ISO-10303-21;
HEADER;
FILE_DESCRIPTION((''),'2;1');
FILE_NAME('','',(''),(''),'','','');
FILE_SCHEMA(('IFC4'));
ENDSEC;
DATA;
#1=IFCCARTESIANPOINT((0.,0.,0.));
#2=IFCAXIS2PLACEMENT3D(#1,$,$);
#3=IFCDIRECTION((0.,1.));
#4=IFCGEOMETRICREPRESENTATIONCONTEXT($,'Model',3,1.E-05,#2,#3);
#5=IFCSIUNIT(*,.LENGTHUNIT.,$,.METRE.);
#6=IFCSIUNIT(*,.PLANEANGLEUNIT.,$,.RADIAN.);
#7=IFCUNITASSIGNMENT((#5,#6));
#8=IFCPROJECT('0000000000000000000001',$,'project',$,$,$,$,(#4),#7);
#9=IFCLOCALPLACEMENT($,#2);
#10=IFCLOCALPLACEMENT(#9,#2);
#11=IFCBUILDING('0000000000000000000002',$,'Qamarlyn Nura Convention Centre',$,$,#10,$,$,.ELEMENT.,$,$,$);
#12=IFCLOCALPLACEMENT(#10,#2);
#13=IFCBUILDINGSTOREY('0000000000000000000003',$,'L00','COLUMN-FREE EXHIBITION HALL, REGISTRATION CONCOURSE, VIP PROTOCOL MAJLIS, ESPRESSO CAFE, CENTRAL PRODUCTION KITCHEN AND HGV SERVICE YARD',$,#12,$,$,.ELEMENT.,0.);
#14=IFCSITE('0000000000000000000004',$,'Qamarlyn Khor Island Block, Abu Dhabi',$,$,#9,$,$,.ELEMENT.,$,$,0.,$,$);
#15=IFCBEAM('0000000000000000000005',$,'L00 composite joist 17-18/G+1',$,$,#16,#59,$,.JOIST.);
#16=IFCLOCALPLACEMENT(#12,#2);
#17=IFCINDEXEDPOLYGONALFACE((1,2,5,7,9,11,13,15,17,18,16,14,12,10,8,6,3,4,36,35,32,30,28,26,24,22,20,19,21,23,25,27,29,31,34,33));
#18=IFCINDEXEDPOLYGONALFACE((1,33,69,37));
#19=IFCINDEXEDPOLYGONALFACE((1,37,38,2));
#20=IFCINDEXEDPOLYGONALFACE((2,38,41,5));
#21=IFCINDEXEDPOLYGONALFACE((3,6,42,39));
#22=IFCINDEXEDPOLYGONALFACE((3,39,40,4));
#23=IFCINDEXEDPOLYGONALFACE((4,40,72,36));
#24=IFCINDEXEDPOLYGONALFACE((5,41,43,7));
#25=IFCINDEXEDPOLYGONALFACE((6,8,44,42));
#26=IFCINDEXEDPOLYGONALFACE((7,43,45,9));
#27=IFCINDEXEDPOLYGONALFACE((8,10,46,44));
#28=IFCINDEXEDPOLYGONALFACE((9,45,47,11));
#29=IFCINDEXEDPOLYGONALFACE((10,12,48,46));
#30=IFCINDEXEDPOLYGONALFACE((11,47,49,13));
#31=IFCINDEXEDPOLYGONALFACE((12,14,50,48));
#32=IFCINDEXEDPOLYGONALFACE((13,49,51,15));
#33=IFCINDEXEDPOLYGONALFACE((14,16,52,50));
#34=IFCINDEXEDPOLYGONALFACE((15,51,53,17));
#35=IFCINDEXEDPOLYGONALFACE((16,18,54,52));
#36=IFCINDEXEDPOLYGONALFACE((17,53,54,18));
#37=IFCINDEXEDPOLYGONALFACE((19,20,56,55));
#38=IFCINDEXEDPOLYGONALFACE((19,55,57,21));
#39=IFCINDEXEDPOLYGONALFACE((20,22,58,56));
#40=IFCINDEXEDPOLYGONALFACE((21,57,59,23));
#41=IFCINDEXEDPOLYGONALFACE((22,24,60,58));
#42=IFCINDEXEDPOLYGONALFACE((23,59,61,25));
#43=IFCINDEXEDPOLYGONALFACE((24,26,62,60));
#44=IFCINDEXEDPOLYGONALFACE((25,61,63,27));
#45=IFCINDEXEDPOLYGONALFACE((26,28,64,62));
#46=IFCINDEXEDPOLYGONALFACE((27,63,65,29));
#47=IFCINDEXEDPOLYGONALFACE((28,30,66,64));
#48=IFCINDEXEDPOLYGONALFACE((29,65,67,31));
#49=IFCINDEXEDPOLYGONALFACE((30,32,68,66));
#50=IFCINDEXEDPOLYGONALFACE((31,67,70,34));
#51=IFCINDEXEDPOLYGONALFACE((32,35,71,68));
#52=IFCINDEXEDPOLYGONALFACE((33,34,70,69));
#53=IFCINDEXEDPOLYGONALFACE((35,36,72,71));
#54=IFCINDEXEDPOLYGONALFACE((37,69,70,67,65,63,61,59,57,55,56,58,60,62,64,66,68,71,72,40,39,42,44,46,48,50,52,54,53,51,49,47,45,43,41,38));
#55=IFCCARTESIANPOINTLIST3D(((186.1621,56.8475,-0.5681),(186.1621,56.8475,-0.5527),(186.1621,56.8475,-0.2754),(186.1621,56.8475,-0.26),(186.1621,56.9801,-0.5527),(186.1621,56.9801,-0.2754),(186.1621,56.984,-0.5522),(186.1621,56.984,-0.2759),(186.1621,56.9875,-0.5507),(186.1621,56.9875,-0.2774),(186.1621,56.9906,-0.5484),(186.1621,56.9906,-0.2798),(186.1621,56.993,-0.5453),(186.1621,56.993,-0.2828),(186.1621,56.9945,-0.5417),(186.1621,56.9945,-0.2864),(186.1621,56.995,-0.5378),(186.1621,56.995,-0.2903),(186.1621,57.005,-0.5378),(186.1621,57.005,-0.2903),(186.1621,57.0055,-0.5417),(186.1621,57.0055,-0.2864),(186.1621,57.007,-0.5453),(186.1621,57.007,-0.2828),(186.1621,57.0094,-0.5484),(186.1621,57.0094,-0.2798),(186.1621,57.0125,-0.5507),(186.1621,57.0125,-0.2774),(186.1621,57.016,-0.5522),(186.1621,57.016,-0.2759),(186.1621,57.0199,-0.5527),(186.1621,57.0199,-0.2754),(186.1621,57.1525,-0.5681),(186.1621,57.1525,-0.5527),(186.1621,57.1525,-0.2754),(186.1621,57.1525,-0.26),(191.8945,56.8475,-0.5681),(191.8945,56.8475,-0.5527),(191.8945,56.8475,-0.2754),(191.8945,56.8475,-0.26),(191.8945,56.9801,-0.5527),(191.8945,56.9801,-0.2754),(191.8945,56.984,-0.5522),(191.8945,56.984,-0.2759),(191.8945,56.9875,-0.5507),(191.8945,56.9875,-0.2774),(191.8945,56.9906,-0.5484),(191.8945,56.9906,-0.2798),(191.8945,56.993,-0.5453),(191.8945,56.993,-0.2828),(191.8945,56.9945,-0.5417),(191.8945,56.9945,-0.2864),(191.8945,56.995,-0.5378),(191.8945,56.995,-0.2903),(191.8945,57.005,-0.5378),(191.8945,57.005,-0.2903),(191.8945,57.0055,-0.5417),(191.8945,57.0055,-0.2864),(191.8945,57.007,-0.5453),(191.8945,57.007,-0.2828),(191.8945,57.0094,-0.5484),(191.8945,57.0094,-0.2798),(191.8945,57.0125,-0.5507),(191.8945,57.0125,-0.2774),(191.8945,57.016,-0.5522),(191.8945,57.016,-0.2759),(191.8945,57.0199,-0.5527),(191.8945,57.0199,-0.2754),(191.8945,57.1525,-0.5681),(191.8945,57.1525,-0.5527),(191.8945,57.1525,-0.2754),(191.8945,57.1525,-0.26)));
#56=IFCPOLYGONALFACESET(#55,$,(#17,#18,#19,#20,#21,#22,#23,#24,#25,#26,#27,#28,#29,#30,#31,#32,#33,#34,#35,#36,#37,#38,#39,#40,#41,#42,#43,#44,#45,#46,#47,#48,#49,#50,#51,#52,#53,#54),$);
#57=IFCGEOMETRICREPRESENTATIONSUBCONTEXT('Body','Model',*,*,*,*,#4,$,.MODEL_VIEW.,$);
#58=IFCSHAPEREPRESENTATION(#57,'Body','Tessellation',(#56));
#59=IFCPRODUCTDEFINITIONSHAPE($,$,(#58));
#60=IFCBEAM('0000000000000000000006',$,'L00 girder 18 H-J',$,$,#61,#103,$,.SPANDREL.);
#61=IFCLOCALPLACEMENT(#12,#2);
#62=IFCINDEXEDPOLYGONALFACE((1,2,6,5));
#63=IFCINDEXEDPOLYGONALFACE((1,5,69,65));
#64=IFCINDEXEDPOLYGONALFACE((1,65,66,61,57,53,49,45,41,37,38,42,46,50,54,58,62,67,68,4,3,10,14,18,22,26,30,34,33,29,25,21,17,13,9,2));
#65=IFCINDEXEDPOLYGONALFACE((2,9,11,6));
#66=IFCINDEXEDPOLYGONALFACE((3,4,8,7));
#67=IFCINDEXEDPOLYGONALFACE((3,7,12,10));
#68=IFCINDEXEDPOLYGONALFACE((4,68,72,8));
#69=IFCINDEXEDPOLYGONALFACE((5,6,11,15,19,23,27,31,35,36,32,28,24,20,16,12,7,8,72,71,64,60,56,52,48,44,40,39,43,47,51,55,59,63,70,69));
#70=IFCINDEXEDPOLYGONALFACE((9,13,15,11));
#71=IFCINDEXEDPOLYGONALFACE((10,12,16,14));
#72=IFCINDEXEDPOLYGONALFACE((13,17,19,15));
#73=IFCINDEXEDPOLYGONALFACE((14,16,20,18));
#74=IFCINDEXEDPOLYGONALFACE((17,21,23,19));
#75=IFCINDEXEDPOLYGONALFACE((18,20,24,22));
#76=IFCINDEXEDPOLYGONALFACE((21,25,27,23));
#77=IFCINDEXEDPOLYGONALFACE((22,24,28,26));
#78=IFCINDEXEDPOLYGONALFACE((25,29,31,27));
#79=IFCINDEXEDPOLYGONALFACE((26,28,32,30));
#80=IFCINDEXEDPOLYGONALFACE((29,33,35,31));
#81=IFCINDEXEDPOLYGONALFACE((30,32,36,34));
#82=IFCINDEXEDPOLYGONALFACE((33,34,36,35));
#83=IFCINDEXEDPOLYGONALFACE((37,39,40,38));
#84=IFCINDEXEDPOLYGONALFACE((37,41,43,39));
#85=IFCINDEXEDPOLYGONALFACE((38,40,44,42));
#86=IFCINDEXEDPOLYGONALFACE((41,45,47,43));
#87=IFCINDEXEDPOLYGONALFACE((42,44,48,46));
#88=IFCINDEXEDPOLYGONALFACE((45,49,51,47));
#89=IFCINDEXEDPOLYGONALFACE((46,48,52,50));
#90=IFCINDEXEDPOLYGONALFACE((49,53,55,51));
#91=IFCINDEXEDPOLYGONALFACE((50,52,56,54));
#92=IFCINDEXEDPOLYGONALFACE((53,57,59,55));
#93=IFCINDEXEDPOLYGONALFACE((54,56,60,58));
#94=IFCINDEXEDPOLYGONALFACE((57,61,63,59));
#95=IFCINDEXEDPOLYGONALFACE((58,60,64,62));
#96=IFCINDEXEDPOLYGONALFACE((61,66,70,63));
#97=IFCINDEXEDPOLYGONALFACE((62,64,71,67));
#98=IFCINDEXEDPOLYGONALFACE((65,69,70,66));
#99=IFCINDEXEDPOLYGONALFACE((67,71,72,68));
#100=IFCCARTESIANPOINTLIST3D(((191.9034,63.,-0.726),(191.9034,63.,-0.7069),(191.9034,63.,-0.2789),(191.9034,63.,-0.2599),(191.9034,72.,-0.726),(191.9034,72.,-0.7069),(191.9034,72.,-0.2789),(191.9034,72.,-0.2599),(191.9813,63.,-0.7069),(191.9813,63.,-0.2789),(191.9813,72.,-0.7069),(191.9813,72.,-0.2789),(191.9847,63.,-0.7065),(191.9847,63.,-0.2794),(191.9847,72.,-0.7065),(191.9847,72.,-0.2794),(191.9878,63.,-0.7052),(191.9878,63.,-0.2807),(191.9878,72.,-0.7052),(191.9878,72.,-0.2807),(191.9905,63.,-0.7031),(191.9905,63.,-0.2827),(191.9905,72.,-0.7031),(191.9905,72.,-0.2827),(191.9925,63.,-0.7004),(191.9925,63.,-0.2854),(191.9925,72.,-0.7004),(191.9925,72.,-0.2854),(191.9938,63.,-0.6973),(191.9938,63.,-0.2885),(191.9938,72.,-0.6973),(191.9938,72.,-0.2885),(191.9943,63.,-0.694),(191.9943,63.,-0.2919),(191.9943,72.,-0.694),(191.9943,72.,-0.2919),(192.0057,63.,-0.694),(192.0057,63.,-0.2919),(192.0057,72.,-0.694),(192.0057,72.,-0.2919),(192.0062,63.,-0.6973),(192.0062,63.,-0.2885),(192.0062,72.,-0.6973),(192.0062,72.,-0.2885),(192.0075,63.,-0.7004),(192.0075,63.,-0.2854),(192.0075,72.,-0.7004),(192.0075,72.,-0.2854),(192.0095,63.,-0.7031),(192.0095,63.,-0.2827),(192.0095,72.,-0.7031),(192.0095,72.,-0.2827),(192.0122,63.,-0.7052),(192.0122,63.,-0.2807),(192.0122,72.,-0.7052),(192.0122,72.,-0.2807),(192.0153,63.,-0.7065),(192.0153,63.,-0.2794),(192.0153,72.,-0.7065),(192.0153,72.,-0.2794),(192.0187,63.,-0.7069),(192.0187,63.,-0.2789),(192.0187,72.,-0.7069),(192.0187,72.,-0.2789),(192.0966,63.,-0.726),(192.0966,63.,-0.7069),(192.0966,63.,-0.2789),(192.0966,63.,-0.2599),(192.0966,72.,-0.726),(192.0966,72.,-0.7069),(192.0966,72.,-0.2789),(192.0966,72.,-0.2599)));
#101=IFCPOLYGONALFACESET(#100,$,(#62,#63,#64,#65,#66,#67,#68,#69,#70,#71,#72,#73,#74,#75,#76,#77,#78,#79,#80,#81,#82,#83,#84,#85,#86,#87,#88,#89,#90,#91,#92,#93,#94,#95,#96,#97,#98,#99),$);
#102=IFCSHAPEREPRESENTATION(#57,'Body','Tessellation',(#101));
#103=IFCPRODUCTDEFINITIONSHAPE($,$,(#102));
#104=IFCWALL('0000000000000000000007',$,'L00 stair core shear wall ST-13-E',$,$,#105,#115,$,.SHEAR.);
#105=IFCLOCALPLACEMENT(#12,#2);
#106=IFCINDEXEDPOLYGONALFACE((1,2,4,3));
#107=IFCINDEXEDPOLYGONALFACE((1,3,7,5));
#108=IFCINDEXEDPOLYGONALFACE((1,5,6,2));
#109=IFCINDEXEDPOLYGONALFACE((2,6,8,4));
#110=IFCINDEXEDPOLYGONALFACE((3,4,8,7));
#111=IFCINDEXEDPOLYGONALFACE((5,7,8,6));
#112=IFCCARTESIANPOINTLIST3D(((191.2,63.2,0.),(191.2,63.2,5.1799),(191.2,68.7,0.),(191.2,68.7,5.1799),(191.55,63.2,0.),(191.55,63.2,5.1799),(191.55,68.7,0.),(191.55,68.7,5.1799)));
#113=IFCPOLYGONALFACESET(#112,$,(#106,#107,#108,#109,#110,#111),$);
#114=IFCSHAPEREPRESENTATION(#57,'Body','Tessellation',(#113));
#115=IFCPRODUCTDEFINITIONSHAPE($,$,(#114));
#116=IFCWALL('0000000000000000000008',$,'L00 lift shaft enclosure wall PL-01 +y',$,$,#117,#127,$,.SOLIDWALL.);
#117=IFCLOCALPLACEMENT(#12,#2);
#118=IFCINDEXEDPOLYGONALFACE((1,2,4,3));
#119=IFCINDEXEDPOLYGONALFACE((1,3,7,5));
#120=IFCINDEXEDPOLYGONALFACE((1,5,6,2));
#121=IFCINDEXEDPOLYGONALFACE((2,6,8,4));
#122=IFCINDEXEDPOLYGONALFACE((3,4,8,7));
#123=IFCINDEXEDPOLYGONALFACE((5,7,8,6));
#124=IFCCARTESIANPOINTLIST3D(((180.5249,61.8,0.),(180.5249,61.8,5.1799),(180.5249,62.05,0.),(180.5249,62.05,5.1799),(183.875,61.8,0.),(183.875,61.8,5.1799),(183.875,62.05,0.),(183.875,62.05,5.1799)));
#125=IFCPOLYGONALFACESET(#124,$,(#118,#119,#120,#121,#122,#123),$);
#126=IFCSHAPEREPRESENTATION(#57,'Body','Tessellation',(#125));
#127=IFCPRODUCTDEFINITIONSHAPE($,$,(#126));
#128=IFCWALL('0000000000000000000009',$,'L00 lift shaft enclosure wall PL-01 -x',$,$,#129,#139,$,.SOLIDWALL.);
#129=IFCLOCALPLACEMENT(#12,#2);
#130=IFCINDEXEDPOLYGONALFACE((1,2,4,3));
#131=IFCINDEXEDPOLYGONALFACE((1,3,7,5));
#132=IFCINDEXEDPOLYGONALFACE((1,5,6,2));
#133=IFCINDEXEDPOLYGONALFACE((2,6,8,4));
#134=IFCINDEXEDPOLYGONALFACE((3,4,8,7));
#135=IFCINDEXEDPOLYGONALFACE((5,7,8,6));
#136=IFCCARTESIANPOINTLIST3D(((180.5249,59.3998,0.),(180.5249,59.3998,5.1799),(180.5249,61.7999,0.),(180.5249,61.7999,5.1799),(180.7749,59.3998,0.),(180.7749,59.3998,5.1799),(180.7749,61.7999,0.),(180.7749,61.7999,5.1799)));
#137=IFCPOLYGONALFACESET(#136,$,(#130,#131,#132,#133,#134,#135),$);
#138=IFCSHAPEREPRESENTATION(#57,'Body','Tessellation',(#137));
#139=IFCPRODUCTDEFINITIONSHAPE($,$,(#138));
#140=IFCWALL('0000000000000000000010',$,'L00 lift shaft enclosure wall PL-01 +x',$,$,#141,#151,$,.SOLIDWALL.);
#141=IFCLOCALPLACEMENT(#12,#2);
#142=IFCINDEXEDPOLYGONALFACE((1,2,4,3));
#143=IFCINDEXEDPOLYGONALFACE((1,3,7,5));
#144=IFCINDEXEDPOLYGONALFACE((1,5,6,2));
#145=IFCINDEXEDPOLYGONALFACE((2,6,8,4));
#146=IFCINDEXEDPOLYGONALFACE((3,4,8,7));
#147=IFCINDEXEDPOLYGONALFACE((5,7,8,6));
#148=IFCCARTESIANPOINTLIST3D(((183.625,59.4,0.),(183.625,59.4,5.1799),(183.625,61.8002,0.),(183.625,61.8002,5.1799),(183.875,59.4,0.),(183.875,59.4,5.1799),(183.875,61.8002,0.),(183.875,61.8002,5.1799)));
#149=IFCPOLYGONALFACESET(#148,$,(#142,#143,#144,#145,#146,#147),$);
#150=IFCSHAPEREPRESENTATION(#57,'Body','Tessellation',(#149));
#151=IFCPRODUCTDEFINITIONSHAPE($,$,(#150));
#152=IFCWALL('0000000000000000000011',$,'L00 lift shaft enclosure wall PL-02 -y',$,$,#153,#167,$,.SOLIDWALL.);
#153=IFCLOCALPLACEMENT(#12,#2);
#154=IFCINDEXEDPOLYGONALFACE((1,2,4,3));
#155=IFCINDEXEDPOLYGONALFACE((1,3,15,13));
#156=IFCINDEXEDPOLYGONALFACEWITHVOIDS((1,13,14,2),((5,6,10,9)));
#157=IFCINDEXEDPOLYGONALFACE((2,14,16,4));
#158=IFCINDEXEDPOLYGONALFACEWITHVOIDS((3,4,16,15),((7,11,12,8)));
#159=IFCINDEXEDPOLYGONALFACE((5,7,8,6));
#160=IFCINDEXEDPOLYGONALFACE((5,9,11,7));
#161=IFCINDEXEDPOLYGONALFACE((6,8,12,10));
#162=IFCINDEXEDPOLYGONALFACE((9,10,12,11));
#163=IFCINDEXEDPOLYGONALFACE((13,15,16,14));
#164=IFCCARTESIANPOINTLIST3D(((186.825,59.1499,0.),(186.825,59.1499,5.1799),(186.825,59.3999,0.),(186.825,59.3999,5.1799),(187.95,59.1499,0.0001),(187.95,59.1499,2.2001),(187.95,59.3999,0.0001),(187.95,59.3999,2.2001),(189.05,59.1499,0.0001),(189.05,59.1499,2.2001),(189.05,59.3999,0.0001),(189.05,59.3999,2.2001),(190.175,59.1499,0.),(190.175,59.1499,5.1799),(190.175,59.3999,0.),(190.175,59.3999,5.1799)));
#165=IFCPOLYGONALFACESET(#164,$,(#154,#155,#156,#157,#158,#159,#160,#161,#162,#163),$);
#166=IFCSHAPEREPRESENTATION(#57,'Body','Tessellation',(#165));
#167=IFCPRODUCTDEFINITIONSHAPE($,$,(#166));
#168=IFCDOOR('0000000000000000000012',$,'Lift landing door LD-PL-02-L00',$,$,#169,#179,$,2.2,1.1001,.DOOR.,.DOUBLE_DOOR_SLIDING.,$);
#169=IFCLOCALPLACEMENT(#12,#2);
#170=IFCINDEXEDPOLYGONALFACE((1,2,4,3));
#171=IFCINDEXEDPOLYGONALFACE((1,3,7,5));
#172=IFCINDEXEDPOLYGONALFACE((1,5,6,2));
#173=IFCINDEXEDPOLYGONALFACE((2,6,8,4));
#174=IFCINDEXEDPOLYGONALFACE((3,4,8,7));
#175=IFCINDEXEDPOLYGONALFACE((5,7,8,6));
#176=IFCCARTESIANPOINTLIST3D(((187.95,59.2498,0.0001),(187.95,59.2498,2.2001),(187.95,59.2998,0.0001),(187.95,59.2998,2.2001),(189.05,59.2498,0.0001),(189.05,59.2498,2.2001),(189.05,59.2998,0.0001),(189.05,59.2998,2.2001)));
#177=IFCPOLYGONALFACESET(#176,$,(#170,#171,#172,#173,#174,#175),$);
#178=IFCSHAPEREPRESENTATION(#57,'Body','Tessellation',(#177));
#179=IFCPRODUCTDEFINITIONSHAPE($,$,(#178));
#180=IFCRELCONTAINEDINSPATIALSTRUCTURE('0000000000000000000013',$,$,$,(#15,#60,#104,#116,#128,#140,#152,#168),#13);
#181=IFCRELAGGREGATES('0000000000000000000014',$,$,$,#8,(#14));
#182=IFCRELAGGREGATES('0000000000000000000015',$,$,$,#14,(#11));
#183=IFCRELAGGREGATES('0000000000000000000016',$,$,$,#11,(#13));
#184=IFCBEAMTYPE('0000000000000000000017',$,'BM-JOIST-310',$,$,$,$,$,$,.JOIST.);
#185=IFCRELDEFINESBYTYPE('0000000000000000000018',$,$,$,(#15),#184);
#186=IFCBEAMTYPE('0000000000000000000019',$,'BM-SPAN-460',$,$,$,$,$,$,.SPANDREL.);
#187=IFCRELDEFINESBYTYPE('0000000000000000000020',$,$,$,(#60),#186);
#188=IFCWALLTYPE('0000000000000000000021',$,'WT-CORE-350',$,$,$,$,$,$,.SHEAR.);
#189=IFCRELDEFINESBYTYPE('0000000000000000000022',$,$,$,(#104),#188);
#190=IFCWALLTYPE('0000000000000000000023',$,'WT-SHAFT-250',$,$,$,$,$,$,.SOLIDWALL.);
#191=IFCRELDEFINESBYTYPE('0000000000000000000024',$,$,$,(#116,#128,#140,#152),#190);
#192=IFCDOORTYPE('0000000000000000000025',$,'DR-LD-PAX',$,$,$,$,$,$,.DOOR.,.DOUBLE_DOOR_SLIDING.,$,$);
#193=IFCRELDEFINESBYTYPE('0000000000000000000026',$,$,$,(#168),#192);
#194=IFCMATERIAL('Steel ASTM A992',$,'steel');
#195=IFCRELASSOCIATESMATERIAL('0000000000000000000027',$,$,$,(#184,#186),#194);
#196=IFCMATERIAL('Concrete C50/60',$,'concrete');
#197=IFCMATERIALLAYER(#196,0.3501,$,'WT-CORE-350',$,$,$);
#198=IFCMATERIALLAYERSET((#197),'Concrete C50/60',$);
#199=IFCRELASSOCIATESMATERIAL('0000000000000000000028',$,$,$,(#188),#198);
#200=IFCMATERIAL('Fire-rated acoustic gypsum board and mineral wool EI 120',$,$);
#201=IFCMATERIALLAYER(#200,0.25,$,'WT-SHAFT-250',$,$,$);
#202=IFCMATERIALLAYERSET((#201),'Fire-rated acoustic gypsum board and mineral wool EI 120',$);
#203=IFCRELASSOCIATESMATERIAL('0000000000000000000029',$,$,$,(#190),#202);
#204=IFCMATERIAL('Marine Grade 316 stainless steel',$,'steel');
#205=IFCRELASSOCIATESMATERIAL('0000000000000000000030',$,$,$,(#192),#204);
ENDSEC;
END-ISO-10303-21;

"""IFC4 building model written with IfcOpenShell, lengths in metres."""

from ifc_helpers import new_model, si_unit, direction, frame, frame_2d, origin, origin_2d, place, context, subcontext, project, spatial, rectangle, i_section, extrude, material, layer, layer_set, material_profile, profile_set, type_object, element, fill, save


model = new_model("IFC4")

# Units and contexts
model_context = context("Model", 3, precision=1e-05, world=origin(), true_north=direction((0.0, 1.0)))
body_context = subcontext(model_context, "Body", "Model", "MODEL_VIEW")
ifc_project = project(units=[si_unit("LENGTHUNIT", "METRE"), si_unit("PLANEANGLEUNIT", "RADIAN")], contexts=[model_context])

# Site, building, storey
site_placement = place(None, origin())
site = spatial("IfcSite", under=ifc_project, at=site_placement, Name="Qamarlyn Khor Island Block, Abu Dhabi", CompositionType="ELEMENT", RefElevation=0.0)
building_placement = place(site_placement, origin())
building = spatial("IfcBuilding", under=site, at=building_placement, Name="Qamarlyn Nura Convention Centre", CompositionType="ELEMENT")
storey_placement = place(building_placement, origin())
storey = spatial("IfcBuildingStorey", under=building, at=storey_placement, Name="L00", Description="COLUMN-FREE EXHIBITION HALL, REGISTRATION CONCOURSE, VIP PROTOCOL MAJLIS, ESPRESSO CAFE, CENTRAL PRODUCTION KITCHEN AND HGV SERVICE YARD", CompositionType="ELEMENT", Elevation=0.0)

# Shared definitions
ifc_material_1 = material(Name="Steel ASTM A992", Category="steel")

# Beams
ifc_material_profile_1 = material_profile(ifc_material_1, i_section(OverallWidth=0.3049, OverallDepth=0.3081, WebThickness=0.01, FlangeThickness=0.0154, FilletRadius=0.0149, at=origin_2d()), Name="W310X97")
ifc_profile_set_1 = profile_set([ifc_material_profile_1], Name="Steel ASTM A992")
beam_type_1 = type_object("IfcBeamType", Name="BM-JOIST-310", PredefinedType="JOIST", material=ifc_profile_set_1)
beam_1_placement = place(storey_placement, frame((186.1621, 57.0, -0.4141), z_axis=(1.0, 0.0, 0.0), x_axis=(0.0, 1.0, 0.0)))
element("IfcBeam", 1, at=beam_1_placement, inside=storey, type_object=beam_type_1, Name="L00 composite joist 17-18/G+1", PredefinedType="JOIST", context=body_context, shape_type="SweptSolid", body=[
    extrude(i_section(OverallWidth=0.3049, OverallDepth=0.3081, WebThickness=0.01, FlangeThickness=0.0154, FilletRadius=0.0149, at=origin_2d()), origin(), (0.0, 0.0, 1.0), 5.7324),
])
ifc_material_profile_2 = material_profile(ifc_material_1, i_section(OverallWidth=0.1931, OverallDepth=0.4661, WebThickness=0.0115, FlangeThickness=0.019, FilletRadius=0.0129, at=origin_2d()), Name="W460X97")
ifc_profile_set_2 = profile_set([ifc_material_profile_2], Name="Steel ASTM A992")
beam_type_2 = type_object("IfcBeamType", Name="BM-SPAN-460", PredefinedType="SPANDREL", material=ifc_profile_set_2)
beam_2_placement = place(storey_placement, frame((192.0, 63.0, -0.4929), z_axis=(0.0, 1.0, 0.0), x_axis=(-1.0, 0.0, 0.0)))
element("IfcBeam", 2, at=beam_2_placement, inside=storey, type_object=beam_type_2, Name="L00 girder 18 H-J", PredefinedType="SPANDREL", context=body_context, shape_type="SweptSolid", body=[
    extrude(i_section(OverallWidth=0.1931, OverallDepth=0.4661, WebThickness=0.0115, FlangeThickness=0.019, FilletRadius=0.0129, at=origin_2d()), origin(), (0.0, 0.0, 1.0), 9.0),
])

# Wall
ifc_material_2 = material(Name="Concrete C50/60", Category="concrete")
ifc_layer_1 = layer(ifc_material_2, 0.3501, Name="WT-CORE-350")
ifc_layer_set_1 = layer_set([ifc_layer_1], Name="Concrete C50/60")
wall_type_1 = type_object("IfcWallType", Name="WT-CORE-350", PredefinedType="SHEAR", material=ifc_layer_set_1)
wall_1_placement = place(storey_placement, frame((191.375, 63.2, 0.0), z_axis=(0.0, 0.0, 1.0), x_axis=(0.0, 1.0, 0.0)))
element("IfcWall", 3, at=wall_1_placement, inside=storey, type_object=wall_type_1, Name="L00 stair core shear wall ST-13-E", PredefinedType="SHEAR", context=body_context, shape_type="SweptSolid", body=[
    extrude(rectangle(XDim=5.5, YDim=0.3501, at=frame_2d((2.75, 0.0))), origin(), (0.0, 0.0, 1.0), 5.1799),
])

# Walls
ifc_material_3 = material(Name="Fire-rated acoustic gypsum board and mineral wool EI 120")
ifc_layer_2 = layer(ifc_material_3, 0.25, Name="WT-SHAFT-250")
ifc_layer_set_2 = layer_set([ifc_layer_2], Name="Fire-rated acoustic gypsum board and mineral wool EI 120")
wall_type_2 = type_object("IfcWallType", Name="WT-SHAFT-250", PredefinedType="SOLIDWALL", material=ifc_layer_set_2)
wall_2_placement = place(storey_placement, frame((183.875, 61.925, 0.0), z_axis=(0.0, 0.0, 1.0), x_axis=(-1.0, 0.0, 0.0)))
element("IfcWall", 4, at=wall_2_placement, inside=storey, type_object=wall_type_2, Name="L00 lift shaft enclosure wall PL-01 +y", PredefinedType="SOLIDWALL", context=body_context, shape_type="SweptSolid", body=[
    extrude(rectangle(XDim=3.3501, YDim=0.25, at=frame_2d((1.675, 0.0))), origin(), (0.0, 0.0, 1.0), 5.1799),
])
for number, where, z_axis, x_axis, name in (
    (5, (180.6499, 61.8, 0.0), (0.0, 0.0, 1.0), (0.0, -1.0, 0.0), "L00 lift shaft enclosure wall PL-01 -x"),
    (6, (183.75, 59.3999, 0.0), (0.0, 0.0, 1.0), (0.0, 1.0, 0.0), "L00 lift shaft enclosure wall PL-01 +x"),
):
    element("IfcWall", number, at=place(storey_placement, frame(where, z_axis=z_axis, x_axis=x_axis)), inside=storey, type_object=wall_type_2, Name=name, PredefinedType="SOLIDWALL", context=body_context, shape_type="SweptSolid", body=[
        extrude(rectangle(XDim=2.4001, YDim=0.25, at=frame_2d((1.2002, 0.0))), origin(), (0.0, 0.0, 1.0), 5.1799),
    ])

# Wall, opening, door
wall_3_placement = place(storey_placement, frame((186.825, 59.2749, 0.0), z_axis=(0.0, 0.0, 1.0), x_axis=(1.0, 0.0, 0.0)))
wall_3 = element("IfcWall", 7, at=wall_3_placement, inside=storey, type_object=wall_type_2, Name="L00 lift shaft enclosure wall PL-02 -y", PredefinedType="SOLIDWALL", context=body_context, shape_type="SweptSolid", body=[
    extrude(rectangle(XDim=3.3501, YDim=0.25, at=frame_2d((1.675, 0.0))), origin(), (0.0, 0.0, 1.0), 5.1799),
])
opening_1_placement = place(wall_3_placement, frame((1.125, 0.0, 0.0)))
opening_1 = element("IfcOpeningElement", 8, at=opening_1_placement, cuts=wall_3, PredefinedType="OPENING", context=body_context, shape_type="SweptSolid", body=[
    extrude(rectangle(XDim=1.1001, YDim=2.2, at=frame_2d((0.55, 1.1001))), frame((0.0, 0.135, 0.0), z_axis=(0.0, -1.0, 0.0), x_axis=(1.0, 0.0, 0.0)), (0.0, 0.0, 1.0), 0.27),
])
ifc_material_4 = material(Name="Marine Grade 316 stainless steel", Category="steel")
door_type_1 = type_object("IfcDoorType", Name="DR-LD-PAX", OperationType="DOUBLE_DOOR_SLIDING", PredefinedType="DOOR", material=ifc_material_4)
door_1_placement = place(opening_1_placement, origin())
door_1 = element("IfcDoor", 9, at=door_1_placement, inside=storey, type_object=door_type_1, Name="Lift landing door LD-PL-02-L00", OperationType="DOUBLE_DOOR_SLIDING", OverallHeight=2.2, OverallWidth=1.1001, PredefinedType="DOOR", context=body_context, shape_type="SweptSolid", body=[
    extrude(rectangle(XDim=1.1001, YDim=2.2, at=frame_2d((0.55, 1.1001))), frame((0.0, 0.0249, 0.0), z_axis=(0.0, -1.0, 0.0), x_axis=(1.0, 0.0, 0.0)), (0.0, 0.0, 1.0), 0.05),
])
fill(opening_1, door_1)

save(model, "model.ifc")
